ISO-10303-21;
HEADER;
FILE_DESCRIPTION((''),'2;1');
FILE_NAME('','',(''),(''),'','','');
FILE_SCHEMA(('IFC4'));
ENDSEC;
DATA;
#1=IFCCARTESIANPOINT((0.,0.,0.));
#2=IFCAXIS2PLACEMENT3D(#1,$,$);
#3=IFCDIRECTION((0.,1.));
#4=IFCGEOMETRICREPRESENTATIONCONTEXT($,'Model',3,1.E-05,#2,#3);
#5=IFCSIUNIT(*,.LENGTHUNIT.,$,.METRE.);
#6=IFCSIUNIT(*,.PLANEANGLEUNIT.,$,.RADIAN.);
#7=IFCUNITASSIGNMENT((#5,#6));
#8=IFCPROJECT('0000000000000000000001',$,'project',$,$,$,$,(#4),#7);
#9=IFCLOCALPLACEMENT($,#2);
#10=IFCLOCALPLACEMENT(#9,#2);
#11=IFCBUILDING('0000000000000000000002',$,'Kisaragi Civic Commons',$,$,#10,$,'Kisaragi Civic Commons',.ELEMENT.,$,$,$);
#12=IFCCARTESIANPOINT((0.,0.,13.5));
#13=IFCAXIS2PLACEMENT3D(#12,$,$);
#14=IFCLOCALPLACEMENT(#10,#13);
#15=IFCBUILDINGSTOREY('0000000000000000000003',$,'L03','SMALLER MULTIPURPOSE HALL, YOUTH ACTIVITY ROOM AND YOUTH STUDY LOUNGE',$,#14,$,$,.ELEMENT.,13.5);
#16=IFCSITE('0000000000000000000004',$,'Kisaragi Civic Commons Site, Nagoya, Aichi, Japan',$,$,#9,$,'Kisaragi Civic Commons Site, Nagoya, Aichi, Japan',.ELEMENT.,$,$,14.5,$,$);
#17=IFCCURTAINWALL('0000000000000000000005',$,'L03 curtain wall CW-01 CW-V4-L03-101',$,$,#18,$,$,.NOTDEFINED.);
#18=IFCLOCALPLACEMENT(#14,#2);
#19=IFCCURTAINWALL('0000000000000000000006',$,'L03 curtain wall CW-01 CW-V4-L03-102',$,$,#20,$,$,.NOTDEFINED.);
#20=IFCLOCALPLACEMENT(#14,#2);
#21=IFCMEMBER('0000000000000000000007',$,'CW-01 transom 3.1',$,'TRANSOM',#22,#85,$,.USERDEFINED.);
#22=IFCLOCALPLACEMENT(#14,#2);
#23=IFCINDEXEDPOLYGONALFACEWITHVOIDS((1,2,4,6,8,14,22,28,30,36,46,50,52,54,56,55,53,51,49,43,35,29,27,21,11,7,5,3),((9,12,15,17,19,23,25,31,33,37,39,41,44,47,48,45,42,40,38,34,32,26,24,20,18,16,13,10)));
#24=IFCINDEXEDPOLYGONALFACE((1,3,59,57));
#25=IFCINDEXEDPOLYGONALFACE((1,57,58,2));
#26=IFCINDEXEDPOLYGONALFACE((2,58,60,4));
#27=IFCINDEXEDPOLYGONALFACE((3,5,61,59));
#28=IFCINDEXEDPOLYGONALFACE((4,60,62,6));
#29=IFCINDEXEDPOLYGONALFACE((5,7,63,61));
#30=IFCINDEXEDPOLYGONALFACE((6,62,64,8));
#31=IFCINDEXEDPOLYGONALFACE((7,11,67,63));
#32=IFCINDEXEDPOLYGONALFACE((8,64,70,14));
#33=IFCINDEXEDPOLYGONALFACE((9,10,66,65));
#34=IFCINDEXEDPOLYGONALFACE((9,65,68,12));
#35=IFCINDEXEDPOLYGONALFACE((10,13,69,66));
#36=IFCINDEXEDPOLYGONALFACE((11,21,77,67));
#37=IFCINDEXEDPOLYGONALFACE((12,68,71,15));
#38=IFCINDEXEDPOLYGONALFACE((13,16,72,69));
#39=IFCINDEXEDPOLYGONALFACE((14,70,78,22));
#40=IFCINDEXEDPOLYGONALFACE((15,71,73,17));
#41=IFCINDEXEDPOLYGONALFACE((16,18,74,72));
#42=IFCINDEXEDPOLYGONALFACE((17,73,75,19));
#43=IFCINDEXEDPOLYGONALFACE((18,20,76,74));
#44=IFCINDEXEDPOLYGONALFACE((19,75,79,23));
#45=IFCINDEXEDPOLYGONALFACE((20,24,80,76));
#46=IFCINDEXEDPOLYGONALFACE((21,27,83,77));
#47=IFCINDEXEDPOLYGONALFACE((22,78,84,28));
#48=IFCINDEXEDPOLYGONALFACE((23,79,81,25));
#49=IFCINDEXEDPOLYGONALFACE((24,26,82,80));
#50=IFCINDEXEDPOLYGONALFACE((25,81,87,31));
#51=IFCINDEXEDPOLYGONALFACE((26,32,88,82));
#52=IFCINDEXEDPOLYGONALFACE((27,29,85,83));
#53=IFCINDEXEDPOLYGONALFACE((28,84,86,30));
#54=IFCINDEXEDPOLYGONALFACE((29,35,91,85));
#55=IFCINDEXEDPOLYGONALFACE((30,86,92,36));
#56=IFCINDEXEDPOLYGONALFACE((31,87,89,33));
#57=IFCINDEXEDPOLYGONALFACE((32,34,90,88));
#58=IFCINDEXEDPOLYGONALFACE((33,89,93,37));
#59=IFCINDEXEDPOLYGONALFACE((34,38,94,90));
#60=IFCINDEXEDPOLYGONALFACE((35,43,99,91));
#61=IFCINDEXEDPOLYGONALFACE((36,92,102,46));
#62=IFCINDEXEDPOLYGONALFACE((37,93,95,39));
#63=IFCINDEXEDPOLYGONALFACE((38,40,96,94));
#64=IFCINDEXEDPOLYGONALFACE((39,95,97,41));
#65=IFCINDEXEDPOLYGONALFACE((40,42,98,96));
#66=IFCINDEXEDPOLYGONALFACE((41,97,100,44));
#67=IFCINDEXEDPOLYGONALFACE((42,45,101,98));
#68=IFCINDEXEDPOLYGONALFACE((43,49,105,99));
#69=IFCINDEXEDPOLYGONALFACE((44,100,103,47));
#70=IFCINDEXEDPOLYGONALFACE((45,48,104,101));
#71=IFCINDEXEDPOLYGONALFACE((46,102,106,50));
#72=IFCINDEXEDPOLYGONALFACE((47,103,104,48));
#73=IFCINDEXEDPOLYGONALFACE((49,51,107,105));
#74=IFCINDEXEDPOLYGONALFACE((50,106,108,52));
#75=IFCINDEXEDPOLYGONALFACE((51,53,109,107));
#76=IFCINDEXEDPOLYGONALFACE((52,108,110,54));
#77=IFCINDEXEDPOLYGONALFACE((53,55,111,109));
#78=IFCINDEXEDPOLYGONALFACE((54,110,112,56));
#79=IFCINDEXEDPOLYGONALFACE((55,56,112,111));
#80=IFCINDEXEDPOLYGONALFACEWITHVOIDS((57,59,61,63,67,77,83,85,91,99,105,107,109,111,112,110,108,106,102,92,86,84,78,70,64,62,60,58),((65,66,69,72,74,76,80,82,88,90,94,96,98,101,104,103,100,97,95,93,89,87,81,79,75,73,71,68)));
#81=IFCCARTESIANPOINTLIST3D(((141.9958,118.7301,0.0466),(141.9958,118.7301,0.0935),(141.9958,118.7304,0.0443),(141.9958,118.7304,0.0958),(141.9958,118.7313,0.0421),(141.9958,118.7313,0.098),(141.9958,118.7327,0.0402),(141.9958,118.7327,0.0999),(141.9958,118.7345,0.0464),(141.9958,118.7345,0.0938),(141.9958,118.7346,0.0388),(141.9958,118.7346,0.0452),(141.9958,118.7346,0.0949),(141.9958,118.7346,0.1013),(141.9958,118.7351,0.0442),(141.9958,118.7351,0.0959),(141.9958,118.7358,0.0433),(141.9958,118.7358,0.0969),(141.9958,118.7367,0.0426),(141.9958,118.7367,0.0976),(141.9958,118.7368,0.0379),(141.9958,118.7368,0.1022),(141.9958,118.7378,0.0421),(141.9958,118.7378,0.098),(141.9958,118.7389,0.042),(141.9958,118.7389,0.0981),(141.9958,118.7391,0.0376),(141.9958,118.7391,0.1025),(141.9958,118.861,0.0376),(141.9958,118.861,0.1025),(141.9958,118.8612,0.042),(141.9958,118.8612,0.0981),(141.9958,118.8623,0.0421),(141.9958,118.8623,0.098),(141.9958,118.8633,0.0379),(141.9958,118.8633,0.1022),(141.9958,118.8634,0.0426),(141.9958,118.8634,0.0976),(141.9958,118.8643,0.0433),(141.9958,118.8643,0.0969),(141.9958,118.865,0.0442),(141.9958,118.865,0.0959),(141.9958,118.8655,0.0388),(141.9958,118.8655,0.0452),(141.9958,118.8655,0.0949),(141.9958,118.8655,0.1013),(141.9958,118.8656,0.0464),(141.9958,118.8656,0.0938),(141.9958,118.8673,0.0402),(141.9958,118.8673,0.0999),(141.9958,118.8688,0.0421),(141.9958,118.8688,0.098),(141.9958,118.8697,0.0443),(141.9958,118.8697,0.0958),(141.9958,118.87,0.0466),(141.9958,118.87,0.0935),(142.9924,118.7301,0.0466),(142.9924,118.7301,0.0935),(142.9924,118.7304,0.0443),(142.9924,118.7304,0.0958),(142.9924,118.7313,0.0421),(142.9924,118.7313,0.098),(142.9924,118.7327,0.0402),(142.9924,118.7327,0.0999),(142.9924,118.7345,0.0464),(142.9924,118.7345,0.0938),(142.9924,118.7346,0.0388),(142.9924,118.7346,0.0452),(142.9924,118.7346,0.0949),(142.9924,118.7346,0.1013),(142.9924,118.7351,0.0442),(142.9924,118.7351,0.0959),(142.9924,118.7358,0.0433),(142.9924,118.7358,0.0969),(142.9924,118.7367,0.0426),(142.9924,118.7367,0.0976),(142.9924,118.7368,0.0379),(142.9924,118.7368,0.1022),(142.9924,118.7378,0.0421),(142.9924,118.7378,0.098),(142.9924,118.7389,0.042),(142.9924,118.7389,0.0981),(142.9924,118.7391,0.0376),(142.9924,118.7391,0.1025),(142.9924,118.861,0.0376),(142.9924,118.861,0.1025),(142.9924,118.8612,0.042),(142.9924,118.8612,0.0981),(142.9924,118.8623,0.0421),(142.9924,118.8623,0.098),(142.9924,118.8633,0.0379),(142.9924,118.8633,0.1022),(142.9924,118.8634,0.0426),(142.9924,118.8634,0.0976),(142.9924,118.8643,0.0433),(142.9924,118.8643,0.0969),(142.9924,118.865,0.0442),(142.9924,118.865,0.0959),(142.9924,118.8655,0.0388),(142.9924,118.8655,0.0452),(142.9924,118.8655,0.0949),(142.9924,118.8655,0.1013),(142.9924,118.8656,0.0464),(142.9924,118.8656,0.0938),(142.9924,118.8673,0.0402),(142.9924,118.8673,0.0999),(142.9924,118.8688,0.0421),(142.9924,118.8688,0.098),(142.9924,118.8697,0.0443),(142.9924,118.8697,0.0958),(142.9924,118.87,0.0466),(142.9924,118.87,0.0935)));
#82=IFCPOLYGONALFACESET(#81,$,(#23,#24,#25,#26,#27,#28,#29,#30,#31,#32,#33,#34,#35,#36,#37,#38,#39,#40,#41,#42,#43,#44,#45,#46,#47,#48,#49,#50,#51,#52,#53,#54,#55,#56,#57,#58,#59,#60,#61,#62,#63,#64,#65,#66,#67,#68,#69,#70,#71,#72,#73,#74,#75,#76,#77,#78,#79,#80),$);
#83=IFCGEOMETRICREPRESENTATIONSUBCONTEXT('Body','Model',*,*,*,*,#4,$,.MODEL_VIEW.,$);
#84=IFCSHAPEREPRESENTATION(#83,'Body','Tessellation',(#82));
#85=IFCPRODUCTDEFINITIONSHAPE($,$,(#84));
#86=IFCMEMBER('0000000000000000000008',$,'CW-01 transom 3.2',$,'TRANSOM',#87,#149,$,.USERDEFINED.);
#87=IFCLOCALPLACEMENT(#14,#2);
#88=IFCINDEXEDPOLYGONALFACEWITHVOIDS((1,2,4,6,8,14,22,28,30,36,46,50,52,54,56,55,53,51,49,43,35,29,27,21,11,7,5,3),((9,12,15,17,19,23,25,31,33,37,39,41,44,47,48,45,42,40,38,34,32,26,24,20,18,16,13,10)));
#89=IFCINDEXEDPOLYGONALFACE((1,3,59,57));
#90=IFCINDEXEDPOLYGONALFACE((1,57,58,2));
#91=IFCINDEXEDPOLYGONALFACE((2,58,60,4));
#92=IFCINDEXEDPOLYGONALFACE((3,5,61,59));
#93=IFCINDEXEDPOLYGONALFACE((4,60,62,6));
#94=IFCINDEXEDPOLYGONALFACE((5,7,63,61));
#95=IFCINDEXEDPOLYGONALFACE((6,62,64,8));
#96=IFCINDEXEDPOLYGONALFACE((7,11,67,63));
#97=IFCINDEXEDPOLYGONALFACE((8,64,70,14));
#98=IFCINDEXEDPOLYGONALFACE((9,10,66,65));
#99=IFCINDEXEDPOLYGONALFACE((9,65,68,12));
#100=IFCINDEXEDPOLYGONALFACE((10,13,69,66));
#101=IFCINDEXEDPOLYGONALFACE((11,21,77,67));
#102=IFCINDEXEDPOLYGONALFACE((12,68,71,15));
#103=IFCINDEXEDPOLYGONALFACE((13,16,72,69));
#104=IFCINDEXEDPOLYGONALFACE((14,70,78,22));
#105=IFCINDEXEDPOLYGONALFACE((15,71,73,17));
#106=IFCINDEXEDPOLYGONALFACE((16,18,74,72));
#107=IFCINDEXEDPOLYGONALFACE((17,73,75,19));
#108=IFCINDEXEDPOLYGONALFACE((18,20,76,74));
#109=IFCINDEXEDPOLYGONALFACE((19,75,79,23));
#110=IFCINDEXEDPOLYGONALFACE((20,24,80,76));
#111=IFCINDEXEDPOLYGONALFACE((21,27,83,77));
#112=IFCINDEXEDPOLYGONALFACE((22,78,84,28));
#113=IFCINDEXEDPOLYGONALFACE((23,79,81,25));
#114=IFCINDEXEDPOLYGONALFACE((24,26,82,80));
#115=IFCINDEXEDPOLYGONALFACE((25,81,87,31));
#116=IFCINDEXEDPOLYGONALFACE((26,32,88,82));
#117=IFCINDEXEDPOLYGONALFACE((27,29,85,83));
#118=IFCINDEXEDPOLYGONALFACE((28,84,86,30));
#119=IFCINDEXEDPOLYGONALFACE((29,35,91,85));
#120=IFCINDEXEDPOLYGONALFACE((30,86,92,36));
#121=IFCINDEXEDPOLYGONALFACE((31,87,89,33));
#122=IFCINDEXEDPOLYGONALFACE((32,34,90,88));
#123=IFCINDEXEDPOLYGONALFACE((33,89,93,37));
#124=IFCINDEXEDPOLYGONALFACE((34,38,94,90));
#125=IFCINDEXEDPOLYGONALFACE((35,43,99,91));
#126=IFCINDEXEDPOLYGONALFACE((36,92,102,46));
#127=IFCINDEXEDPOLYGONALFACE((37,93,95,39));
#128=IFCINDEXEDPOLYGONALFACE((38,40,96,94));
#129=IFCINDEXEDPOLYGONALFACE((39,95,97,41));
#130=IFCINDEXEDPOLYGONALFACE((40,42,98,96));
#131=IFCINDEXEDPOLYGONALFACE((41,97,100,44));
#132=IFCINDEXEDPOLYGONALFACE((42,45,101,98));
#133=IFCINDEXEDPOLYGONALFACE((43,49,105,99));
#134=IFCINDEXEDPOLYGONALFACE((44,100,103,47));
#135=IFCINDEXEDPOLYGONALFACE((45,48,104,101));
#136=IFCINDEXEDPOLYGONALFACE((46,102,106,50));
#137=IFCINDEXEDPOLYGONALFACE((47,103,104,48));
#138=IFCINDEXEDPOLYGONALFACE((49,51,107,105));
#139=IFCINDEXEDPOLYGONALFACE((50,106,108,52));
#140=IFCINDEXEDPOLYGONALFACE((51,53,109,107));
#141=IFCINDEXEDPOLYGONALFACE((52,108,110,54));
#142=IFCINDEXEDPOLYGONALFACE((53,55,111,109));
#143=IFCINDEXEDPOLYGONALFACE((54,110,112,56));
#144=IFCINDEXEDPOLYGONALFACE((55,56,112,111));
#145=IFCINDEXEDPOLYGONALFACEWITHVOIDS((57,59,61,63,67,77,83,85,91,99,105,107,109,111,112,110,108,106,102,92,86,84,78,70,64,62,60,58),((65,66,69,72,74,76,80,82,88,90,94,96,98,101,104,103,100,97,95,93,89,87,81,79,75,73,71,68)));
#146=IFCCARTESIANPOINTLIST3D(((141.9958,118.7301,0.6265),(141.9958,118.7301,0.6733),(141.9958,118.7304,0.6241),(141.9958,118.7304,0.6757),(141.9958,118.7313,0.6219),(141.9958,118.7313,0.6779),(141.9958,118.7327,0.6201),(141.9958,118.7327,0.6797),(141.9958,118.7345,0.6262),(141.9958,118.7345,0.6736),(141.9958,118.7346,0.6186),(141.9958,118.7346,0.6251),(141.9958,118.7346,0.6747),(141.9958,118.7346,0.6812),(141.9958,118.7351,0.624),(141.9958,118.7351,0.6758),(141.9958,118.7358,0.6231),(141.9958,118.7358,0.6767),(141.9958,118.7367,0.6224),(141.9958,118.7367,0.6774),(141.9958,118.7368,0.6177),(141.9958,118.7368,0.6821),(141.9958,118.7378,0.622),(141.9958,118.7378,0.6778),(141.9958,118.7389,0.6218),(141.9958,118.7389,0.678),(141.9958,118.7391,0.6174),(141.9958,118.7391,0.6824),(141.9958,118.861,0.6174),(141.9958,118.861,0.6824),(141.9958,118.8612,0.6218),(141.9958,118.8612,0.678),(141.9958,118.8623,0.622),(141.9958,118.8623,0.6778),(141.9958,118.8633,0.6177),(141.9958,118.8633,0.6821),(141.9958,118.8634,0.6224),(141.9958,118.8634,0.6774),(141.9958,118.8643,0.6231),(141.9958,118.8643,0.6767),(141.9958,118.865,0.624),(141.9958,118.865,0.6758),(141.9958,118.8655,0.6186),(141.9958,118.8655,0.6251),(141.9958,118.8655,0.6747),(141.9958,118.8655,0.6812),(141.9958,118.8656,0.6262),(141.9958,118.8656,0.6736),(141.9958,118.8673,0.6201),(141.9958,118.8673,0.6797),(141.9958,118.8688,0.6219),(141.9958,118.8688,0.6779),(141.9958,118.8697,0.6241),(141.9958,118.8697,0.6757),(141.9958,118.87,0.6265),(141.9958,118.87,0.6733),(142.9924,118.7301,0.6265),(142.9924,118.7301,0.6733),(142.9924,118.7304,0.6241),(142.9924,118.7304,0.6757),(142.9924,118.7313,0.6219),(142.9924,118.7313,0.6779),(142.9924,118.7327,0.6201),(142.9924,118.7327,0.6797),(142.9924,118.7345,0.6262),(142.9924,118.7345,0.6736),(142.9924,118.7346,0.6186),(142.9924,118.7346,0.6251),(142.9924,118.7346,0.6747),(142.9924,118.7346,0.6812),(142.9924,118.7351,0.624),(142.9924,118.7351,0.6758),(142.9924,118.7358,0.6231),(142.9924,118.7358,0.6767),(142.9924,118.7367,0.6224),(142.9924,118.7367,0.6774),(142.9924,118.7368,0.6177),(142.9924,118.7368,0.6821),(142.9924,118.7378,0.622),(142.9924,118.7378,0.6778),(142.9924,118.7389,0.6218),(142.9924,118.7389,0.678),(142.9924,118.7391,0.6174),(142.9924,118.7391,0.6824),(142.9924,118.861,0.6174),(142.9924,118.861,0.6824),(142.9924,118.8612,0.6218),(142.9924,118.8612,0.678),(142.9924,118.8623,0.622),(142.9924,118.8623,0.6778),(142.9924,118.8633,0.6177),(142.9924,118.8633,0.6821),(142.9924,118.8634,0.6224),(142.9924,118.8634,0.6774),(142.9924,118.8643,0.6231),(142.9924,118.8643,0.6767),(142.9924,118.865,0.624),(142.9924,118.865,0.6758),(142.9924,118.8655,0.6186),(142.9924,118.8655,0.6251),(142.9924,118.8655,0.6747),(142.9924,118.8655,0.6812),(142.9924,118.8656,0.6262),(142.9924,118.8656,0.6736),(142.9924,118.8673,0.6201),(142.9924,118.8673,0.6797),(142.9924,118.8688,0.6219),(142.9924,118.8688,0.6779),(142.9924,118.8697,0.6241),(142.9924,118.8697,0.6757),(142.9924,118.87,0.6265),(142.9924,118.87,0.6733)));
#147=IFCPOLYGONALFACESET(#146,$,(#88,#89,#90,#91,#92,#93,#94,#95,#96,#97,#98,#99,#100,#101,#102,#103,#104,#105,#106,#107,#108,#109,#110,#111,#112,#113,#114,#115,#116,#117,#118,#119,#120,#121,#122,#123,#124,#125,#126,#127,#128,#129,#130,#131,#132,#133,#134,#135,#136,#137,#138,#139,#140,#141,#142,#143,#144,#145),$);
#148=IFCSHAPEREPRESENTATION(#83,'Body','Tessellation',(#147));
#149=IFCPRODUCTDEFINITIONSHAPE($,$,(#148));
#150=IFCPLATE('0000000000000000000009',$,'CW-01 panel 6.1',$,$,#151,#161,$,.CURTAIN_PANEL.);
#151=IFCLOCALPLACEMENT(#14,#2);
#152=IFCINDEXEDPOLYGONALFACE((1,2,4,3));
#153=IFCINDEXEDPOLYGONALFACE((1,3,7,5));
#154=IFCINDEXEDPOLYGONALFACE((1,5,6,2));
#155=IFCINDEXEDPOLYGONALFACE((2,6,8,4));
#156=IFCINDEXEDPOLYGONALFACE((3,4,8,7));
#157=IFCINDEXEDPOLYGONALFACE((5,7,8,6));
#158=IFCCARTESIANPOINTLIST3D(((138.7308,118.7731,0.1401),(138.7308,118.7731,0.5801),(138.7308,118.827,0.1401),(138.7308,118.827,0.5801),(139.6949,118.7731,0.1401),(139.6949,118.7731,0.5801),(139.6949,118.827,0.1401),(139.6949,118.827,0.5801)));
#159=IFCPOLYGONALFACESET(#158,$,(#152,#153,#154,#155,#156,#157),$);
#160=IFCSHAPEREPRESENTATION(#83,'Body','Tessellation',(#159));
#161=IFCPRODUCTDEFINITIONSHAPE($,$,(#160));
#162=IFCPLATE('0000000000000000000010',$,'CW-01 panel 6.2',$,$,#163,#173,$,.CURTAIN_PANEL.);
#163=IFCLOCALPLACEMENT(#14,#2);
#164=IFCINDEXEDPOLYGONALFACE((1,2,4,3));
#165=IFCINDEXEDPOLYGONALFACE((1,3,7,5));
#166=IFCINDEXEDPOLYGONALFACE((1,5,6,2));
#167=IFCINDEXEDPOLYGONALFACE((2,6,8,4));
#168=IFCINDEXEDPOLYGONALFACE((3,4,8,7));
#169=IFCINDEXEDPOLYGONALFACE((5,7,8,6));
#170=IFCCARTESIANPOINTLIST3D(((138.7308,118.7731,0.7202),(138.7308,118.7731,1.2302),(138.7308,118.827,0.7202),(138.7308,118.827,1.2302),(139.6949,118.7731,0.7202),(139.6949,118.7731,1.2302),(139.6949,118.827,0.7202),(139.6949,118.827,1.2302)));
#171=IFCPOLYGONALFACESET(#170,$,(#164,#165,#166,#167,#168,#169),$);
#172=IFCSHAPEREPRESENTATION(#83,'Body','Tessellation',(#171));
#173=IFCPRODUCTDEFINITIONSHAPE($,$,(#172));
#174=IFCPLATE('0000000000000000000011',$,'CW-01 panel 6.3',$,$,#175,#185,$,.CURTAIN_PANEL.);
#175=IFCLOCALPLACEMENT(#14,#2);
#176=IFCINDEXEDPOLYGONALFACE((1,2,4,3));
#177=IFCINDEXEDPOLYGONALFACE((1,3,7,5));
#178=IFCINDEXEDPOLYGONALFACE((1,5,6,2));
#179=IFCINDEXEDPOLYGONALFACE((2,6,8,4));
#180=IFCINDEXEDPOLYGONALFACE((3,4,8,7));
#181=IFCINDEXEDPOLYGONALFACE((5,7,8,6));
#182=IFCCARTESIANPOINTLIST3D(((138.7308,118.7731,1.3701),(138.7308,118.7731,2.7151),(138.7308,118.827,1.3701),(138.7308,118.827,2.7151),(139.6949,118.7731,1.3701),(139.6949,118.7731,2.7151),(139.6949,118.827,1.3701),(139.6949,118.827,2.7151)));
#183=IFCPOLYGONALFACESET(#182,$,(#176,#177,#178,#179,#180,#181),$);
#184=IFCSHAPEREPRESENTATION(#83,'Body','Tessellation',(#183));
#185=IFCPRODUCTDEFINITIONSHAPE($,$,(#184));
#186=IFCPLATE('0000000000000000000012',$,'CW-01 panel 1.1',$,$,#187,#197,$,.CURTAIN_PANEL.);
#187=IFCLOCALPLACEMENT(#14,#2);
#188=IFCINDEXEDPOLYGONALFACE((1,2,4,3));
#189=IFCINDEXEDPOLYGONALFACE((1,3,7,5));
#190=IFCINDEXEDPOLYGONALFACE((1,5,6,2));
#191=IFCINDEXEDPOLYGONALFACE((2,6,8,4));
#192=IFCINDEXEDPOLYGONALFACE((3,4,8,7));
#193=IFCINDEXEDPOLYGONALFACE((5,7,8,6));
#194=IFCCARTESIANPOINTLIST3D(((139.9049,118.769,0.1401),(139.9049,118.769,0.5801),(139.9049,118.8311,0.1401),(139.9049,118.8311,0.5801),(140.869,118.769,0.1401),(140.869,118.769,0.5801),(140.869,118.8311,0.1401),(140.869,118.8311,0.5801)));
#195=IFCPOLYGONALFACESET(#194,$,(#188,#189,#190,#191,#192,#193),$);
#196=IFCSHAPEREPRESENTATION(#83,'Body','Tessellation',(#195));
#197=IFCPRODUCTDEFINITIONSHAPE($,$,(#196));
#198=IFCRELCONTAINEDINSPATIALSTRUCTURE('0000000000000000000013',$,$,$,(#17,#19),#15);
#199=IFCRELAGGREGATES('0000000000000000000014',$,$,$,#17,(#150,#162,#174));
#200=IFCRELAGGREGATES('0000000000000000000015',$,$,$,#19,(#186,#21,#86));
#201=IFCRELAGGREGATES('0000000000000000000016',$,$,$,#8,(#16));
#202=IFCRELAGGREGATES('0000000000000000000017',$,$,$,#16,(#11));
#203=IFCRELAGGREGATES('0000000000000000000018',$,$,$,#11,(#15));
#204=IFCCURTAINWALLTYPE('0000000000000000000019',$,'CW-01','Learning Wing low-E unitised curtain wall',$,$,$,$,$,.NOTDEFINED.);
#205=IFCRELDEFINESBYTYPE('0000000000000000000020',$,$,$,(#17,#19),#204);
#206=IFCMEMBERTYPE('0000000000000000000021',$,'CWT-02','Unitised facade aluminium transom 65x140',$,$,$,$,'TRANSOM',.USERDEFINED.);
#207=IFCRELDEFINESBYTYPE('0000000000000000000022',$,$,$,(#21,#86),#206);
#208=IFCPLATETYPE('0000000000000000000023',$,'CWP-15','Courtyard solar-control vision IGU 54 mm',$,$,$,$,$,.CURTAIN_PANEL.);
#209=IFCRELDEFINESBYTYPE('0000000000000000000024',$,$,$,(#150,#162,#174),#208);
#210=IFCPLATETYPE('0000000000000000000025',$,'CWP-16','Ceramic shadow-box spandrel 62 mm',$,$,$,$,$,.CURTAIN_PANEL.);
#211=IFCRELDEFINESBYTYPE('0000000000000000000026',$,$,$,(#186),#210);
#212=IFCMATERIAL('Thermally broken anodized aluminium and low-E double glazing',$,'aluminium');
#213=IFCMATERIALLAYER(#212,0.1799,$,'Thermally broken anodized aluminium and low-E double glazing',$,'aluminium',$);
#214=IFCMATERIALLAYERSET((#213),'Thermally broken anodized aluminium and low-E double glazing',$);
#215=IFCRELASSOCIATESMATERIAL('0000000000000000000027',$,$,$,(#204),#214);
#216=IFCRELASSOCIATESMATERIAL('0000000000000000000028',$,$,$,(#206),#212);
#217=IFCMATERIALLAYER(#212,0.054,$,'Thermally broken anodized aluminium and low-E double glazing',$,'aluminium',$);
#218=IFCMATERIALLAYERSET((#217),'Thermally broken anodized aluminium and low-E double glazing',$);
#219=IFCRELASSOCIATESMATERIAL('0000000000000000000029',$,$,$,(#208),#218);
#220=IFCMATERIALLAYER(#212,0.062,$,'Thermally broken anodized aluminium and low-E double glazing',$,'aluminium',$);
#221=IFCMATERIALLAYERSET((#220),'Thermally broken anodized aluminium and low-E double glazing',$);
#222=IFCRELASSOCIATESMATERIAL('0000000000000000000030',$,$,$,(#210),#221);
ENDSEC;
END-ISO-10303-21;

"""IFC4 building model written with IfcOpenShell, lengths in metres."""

from ifc_helpers import new_model, si_unit, direction, frame, origin, origin_2d, place, context, subcontext, project, spatial, rectangle, hollow_rectangle, extrude, material, layer, layer_set, material_profile, profile_set, type_object, element, aggregate, save


model = new_model("IFC4")

# Units and contexts
model_context = context("Model", 3, precision=1e-05, world=origin(), true_north=direction((0.0, 1.0)))
body_context = subcontext(model_context, "Body", "Model", "MODEL_VIEW")
ifc_project = project(units=[si_unit("LENGTHUNIT", "METRE"), si_unit("PLANEANGLEUNIT", "RADIAN")], contexts=[model_context])

# Site, building, storey
site_placement = place(None, origin())
site = spatial("IfcSite", under=ifc_project, at=site_placement, Name="Kisaragi Civic Commons Site, Nagoya, Aichi, Japan", LongName="Kisaragi Civic Commons Site, Nagoya, Aichi, Japan", CompositionType="ELEMENT", RefElevation=14.5)
building_placement = place(site_placement, origin())
building = spatial("IfcBuilding", under=site, at=building_placement, Name="Kisaragi Civic Commons", LongName="Kisaragi Civic Commons", CompositionType="ELEMENT")
storey_placement = place(building_placement, frame((0.0, 0.0, 13.5)))
storey = spatial("IfcBuildingStorey", under=building, at=storey_placement, Name="L03", Description="SMALLER MULTIPURPOSE HALL, YOUTH ACTIVITY ROOM AND YOUTH STUDY LOUNGE", CompositionType="ELEMENT", Elevation=13.5)

# Curtain wall
ifc_material = material(Name="Thermally broken anodized aluminium and low-E double glazing", Category="aluminium")
ifc_layer_1 = layer(ifc_material, 0.1799, Name="Thermally broken anodized aluminium and low-E double glazing", Category="aluminium")
ifc_layer_set_1 = layer_set([ifc_layer_1], Name="Thermally broken anodized aluminium and low-E double glazing")
curtain_wall_type = type_object("IfcCurtainWallType", Name="CW-01", Description="Learning Wing low-E unitised curtain wall", PredefinedType="NOTDEFINED", material=ifc_layer_set_1)
curtain_wall_1_placement = place(storey_placement, origin())
curtain_wall_1 = element("IfcCurtainWall", 1, at=curtain_wall_1_placement, inside=storey, type_object=curtain_wall_type, Name="L03 curtain wall CW-01 CW-V4-L03-101", PredefinedType="NOTDEFINED")

# Curtain wall, members
curtain_wall_2_placement = place(storey_placement, origin())
curtain_wall_2 = element("IfcCurtainWall", 2, at=curtain_wall_2_placement, inside=storey, type_object=curtain_wall_type, Name="L03 curtain wall CW-01 CW-V4-L03-102", PredefinedType="NOTDEFINED")
ifc_material_profile_1 = material_profile(ifc_material, hollow_rectangle(XDim=0.1399, YDim=0.0649, WallThickness=0.0044, InnerFilletRadius=0.0044, OuterFilletRadius=0.009, at=origin_2d()), Name="CWT-65x140x4.5", Category="aluminium")
ifc_profile_set_1 = profile_set([ifc_material_profile_1], Name="Thermally broken anodized aluminium and low-E double glazing")
member_type_1 = type_object("IfcMemberType", Name="CWT-02", Description="Unitised facade aluminium transom 65x140", ElementType="TRANSOM", PredefinedType="USERDEFINED", material=ifc_profile_set_1)
member_1_placement = place(storey_placement, frame((141.9958, 118.8, 0.0701), z_axis=(1.0, 0.0, 0.0), x_axis=(0.0, 1.0, 0.0)))
member_1 = element("IfcMember", 3, at=member_1_placement, type_object=member_type_1, Name="CW-01 transom 3.1", ObjectType="TRANSOM", PredefinedType="USERDEFINED", context=body_context, shape_type="SweptSolid", body=[
    extrude(hollow_rectangle(XDim=0.1399, YDim=0.0649, WallThickness=0.0044, InnerFilletRadius=0.0044, OuterFilletRadius=0.009, at=origin_2d()), origin(), (0.0, 0.0, 1.0), 0.9966),
])
member_2_placement = place(storey_placement, frame((141.9958, 118.8, 0.6499), z_axis=(1.0, 0.0, 0.0), x_axis=(0.0, 1.0, 0.0)))
member_2 = element("IfcMember", 4, at=member_2_placement, type_object=member_type_1, Name="CW-01 transom 3.2", ObjectType="TRANSOM", PredefinedType="USERDEFINED", context=body_context, shape_type="SweptSolid", body=[
    extrude(hollow_rectangle(XDim=0.1399, YDim=0.0649, WallThickness=0.0044, InnerFilletRadius=0.0044, OuterFilletRadius=0.009, at=origin_2d()), origin(), (0.0, 0.0, 1.0), 0.9966),
])

# Plates
ifc_layer_2 = layer(ifc_material, 0.054, Name="Thermally broken anodized aluminium and low-E double glazing", Category="aluminium")
ifc_layer_set_2 = layer_set([ifc_layer_2], Name="Thermally broken anodized aluminium and low-E double glazing")
plate_type_1 = type_object("IfcPlateType", Name="CWP-15", Description="Courtyard solar-control vision IGU 54 mm", PredefinedType="CURTAIN_PANEL", material=ifc_layer_set_2)
plate_1_placement = place(storey_placement, frame((139.2129, 118.8, 0.1401), z_axis=(0.0, 0.0, 1.0), x_axis=(1.0, 0.0, 0.0)))
plate_1 = element("IfcPlate", 5, at=plate_1_placement, type_object=plate_type_1, Name="CW-01 panel 6.1", PredefinedType="CURTAIN_PANEL", context=body_context, shape_type="SweptSolid", body=[
    extrude(rectangle(XDim=0.9641, YDim=0.054, at=origin_2d()), origin(), (0.0, 0.0, 1.0), 0.4399),
])
plate_2_placement = place(storey_placement, frame((139.2129, 118.8, 0.7202), z_axis=(0.0, 0.0, 1.0), x_axis=(1.0, 0.0, 0.0)))
plate_2 = element("IfcPlate", 6, at=plate_2_placement, type_object=plate_type_1, Name="CW-01 panel 6.2", PredefinedType="CURTAIN_PANEL", context=body_context, shape_type="SweptSolid", body=[
    extrude(rectangle(XDim=0.9641, YDim=0.054, at=origin_2d()), origin(), (0.0, 0.0, 1.0), 0.51),
])
plate_3_placement = place(storey_placement, frame((139.2129, 118.8, 1.3701), z_axis=(0.0, 0.0, 1.0), x_axis=(1.0, 0.0, 0.0)))
plate_3 = element("IfcPlate", 7, at=plate_3_placement, type_object=plate_type_1, Name="CW-01 panel 6.3", PredefinedType="CURTAIN_PANEL", context=body_context, shape_type="SweptSolid", body=[
    extrude(rectangle(XDim=0.9641, YDim=0.054, at=origin_2d()), origin(), (0.0, 0.0, 1.0), 1.345),
])
aggregate(curtain_wall_1, [plate_1, plate_2, plate_3])
ifc_layer_3 = layer(ifc_material, 0.062, Name="Thermally broken anodized aluminium and low-E double glazing", Category="aluminium")
ifc_layer_set_3 = layer_set([ifc_layer_3], Name="Thermally broken anodized aluminium and low-E double glazing")
plate_type_2 = type_object("IfcPlateType", Name="CWP-16", Description="Ceramic shadow-box spandrel 62 mm", PredefinedType="CURTAIN_PANEL", material=ifc_layer_set_3)
plate_4_placement = place(storey_placement, frame((140.387, 118.8, 0.1401), z_axis=(0.0, 0.0, 1.0), x_axis=(1.0, 0.0, 0.0)))
plate_4 = element("IfcPlate", 8, at=plate_4_placement, type_object=plate_type_2, Name="CW-01 panel 1.1", PredefinedType="CURTAIN_PANEL", context=body_context, shape_type="SweptSolid", body=[
    extrude(rectangle(XDim=0.9641, YDim=0.062, at=origin_2d()), origin(), (0.0, 0.0, 1.0), 0.4399),
])
aggregate(curtain_wall_2, [plate_4, member_1, member_2])

save(model, "model.ifc")
